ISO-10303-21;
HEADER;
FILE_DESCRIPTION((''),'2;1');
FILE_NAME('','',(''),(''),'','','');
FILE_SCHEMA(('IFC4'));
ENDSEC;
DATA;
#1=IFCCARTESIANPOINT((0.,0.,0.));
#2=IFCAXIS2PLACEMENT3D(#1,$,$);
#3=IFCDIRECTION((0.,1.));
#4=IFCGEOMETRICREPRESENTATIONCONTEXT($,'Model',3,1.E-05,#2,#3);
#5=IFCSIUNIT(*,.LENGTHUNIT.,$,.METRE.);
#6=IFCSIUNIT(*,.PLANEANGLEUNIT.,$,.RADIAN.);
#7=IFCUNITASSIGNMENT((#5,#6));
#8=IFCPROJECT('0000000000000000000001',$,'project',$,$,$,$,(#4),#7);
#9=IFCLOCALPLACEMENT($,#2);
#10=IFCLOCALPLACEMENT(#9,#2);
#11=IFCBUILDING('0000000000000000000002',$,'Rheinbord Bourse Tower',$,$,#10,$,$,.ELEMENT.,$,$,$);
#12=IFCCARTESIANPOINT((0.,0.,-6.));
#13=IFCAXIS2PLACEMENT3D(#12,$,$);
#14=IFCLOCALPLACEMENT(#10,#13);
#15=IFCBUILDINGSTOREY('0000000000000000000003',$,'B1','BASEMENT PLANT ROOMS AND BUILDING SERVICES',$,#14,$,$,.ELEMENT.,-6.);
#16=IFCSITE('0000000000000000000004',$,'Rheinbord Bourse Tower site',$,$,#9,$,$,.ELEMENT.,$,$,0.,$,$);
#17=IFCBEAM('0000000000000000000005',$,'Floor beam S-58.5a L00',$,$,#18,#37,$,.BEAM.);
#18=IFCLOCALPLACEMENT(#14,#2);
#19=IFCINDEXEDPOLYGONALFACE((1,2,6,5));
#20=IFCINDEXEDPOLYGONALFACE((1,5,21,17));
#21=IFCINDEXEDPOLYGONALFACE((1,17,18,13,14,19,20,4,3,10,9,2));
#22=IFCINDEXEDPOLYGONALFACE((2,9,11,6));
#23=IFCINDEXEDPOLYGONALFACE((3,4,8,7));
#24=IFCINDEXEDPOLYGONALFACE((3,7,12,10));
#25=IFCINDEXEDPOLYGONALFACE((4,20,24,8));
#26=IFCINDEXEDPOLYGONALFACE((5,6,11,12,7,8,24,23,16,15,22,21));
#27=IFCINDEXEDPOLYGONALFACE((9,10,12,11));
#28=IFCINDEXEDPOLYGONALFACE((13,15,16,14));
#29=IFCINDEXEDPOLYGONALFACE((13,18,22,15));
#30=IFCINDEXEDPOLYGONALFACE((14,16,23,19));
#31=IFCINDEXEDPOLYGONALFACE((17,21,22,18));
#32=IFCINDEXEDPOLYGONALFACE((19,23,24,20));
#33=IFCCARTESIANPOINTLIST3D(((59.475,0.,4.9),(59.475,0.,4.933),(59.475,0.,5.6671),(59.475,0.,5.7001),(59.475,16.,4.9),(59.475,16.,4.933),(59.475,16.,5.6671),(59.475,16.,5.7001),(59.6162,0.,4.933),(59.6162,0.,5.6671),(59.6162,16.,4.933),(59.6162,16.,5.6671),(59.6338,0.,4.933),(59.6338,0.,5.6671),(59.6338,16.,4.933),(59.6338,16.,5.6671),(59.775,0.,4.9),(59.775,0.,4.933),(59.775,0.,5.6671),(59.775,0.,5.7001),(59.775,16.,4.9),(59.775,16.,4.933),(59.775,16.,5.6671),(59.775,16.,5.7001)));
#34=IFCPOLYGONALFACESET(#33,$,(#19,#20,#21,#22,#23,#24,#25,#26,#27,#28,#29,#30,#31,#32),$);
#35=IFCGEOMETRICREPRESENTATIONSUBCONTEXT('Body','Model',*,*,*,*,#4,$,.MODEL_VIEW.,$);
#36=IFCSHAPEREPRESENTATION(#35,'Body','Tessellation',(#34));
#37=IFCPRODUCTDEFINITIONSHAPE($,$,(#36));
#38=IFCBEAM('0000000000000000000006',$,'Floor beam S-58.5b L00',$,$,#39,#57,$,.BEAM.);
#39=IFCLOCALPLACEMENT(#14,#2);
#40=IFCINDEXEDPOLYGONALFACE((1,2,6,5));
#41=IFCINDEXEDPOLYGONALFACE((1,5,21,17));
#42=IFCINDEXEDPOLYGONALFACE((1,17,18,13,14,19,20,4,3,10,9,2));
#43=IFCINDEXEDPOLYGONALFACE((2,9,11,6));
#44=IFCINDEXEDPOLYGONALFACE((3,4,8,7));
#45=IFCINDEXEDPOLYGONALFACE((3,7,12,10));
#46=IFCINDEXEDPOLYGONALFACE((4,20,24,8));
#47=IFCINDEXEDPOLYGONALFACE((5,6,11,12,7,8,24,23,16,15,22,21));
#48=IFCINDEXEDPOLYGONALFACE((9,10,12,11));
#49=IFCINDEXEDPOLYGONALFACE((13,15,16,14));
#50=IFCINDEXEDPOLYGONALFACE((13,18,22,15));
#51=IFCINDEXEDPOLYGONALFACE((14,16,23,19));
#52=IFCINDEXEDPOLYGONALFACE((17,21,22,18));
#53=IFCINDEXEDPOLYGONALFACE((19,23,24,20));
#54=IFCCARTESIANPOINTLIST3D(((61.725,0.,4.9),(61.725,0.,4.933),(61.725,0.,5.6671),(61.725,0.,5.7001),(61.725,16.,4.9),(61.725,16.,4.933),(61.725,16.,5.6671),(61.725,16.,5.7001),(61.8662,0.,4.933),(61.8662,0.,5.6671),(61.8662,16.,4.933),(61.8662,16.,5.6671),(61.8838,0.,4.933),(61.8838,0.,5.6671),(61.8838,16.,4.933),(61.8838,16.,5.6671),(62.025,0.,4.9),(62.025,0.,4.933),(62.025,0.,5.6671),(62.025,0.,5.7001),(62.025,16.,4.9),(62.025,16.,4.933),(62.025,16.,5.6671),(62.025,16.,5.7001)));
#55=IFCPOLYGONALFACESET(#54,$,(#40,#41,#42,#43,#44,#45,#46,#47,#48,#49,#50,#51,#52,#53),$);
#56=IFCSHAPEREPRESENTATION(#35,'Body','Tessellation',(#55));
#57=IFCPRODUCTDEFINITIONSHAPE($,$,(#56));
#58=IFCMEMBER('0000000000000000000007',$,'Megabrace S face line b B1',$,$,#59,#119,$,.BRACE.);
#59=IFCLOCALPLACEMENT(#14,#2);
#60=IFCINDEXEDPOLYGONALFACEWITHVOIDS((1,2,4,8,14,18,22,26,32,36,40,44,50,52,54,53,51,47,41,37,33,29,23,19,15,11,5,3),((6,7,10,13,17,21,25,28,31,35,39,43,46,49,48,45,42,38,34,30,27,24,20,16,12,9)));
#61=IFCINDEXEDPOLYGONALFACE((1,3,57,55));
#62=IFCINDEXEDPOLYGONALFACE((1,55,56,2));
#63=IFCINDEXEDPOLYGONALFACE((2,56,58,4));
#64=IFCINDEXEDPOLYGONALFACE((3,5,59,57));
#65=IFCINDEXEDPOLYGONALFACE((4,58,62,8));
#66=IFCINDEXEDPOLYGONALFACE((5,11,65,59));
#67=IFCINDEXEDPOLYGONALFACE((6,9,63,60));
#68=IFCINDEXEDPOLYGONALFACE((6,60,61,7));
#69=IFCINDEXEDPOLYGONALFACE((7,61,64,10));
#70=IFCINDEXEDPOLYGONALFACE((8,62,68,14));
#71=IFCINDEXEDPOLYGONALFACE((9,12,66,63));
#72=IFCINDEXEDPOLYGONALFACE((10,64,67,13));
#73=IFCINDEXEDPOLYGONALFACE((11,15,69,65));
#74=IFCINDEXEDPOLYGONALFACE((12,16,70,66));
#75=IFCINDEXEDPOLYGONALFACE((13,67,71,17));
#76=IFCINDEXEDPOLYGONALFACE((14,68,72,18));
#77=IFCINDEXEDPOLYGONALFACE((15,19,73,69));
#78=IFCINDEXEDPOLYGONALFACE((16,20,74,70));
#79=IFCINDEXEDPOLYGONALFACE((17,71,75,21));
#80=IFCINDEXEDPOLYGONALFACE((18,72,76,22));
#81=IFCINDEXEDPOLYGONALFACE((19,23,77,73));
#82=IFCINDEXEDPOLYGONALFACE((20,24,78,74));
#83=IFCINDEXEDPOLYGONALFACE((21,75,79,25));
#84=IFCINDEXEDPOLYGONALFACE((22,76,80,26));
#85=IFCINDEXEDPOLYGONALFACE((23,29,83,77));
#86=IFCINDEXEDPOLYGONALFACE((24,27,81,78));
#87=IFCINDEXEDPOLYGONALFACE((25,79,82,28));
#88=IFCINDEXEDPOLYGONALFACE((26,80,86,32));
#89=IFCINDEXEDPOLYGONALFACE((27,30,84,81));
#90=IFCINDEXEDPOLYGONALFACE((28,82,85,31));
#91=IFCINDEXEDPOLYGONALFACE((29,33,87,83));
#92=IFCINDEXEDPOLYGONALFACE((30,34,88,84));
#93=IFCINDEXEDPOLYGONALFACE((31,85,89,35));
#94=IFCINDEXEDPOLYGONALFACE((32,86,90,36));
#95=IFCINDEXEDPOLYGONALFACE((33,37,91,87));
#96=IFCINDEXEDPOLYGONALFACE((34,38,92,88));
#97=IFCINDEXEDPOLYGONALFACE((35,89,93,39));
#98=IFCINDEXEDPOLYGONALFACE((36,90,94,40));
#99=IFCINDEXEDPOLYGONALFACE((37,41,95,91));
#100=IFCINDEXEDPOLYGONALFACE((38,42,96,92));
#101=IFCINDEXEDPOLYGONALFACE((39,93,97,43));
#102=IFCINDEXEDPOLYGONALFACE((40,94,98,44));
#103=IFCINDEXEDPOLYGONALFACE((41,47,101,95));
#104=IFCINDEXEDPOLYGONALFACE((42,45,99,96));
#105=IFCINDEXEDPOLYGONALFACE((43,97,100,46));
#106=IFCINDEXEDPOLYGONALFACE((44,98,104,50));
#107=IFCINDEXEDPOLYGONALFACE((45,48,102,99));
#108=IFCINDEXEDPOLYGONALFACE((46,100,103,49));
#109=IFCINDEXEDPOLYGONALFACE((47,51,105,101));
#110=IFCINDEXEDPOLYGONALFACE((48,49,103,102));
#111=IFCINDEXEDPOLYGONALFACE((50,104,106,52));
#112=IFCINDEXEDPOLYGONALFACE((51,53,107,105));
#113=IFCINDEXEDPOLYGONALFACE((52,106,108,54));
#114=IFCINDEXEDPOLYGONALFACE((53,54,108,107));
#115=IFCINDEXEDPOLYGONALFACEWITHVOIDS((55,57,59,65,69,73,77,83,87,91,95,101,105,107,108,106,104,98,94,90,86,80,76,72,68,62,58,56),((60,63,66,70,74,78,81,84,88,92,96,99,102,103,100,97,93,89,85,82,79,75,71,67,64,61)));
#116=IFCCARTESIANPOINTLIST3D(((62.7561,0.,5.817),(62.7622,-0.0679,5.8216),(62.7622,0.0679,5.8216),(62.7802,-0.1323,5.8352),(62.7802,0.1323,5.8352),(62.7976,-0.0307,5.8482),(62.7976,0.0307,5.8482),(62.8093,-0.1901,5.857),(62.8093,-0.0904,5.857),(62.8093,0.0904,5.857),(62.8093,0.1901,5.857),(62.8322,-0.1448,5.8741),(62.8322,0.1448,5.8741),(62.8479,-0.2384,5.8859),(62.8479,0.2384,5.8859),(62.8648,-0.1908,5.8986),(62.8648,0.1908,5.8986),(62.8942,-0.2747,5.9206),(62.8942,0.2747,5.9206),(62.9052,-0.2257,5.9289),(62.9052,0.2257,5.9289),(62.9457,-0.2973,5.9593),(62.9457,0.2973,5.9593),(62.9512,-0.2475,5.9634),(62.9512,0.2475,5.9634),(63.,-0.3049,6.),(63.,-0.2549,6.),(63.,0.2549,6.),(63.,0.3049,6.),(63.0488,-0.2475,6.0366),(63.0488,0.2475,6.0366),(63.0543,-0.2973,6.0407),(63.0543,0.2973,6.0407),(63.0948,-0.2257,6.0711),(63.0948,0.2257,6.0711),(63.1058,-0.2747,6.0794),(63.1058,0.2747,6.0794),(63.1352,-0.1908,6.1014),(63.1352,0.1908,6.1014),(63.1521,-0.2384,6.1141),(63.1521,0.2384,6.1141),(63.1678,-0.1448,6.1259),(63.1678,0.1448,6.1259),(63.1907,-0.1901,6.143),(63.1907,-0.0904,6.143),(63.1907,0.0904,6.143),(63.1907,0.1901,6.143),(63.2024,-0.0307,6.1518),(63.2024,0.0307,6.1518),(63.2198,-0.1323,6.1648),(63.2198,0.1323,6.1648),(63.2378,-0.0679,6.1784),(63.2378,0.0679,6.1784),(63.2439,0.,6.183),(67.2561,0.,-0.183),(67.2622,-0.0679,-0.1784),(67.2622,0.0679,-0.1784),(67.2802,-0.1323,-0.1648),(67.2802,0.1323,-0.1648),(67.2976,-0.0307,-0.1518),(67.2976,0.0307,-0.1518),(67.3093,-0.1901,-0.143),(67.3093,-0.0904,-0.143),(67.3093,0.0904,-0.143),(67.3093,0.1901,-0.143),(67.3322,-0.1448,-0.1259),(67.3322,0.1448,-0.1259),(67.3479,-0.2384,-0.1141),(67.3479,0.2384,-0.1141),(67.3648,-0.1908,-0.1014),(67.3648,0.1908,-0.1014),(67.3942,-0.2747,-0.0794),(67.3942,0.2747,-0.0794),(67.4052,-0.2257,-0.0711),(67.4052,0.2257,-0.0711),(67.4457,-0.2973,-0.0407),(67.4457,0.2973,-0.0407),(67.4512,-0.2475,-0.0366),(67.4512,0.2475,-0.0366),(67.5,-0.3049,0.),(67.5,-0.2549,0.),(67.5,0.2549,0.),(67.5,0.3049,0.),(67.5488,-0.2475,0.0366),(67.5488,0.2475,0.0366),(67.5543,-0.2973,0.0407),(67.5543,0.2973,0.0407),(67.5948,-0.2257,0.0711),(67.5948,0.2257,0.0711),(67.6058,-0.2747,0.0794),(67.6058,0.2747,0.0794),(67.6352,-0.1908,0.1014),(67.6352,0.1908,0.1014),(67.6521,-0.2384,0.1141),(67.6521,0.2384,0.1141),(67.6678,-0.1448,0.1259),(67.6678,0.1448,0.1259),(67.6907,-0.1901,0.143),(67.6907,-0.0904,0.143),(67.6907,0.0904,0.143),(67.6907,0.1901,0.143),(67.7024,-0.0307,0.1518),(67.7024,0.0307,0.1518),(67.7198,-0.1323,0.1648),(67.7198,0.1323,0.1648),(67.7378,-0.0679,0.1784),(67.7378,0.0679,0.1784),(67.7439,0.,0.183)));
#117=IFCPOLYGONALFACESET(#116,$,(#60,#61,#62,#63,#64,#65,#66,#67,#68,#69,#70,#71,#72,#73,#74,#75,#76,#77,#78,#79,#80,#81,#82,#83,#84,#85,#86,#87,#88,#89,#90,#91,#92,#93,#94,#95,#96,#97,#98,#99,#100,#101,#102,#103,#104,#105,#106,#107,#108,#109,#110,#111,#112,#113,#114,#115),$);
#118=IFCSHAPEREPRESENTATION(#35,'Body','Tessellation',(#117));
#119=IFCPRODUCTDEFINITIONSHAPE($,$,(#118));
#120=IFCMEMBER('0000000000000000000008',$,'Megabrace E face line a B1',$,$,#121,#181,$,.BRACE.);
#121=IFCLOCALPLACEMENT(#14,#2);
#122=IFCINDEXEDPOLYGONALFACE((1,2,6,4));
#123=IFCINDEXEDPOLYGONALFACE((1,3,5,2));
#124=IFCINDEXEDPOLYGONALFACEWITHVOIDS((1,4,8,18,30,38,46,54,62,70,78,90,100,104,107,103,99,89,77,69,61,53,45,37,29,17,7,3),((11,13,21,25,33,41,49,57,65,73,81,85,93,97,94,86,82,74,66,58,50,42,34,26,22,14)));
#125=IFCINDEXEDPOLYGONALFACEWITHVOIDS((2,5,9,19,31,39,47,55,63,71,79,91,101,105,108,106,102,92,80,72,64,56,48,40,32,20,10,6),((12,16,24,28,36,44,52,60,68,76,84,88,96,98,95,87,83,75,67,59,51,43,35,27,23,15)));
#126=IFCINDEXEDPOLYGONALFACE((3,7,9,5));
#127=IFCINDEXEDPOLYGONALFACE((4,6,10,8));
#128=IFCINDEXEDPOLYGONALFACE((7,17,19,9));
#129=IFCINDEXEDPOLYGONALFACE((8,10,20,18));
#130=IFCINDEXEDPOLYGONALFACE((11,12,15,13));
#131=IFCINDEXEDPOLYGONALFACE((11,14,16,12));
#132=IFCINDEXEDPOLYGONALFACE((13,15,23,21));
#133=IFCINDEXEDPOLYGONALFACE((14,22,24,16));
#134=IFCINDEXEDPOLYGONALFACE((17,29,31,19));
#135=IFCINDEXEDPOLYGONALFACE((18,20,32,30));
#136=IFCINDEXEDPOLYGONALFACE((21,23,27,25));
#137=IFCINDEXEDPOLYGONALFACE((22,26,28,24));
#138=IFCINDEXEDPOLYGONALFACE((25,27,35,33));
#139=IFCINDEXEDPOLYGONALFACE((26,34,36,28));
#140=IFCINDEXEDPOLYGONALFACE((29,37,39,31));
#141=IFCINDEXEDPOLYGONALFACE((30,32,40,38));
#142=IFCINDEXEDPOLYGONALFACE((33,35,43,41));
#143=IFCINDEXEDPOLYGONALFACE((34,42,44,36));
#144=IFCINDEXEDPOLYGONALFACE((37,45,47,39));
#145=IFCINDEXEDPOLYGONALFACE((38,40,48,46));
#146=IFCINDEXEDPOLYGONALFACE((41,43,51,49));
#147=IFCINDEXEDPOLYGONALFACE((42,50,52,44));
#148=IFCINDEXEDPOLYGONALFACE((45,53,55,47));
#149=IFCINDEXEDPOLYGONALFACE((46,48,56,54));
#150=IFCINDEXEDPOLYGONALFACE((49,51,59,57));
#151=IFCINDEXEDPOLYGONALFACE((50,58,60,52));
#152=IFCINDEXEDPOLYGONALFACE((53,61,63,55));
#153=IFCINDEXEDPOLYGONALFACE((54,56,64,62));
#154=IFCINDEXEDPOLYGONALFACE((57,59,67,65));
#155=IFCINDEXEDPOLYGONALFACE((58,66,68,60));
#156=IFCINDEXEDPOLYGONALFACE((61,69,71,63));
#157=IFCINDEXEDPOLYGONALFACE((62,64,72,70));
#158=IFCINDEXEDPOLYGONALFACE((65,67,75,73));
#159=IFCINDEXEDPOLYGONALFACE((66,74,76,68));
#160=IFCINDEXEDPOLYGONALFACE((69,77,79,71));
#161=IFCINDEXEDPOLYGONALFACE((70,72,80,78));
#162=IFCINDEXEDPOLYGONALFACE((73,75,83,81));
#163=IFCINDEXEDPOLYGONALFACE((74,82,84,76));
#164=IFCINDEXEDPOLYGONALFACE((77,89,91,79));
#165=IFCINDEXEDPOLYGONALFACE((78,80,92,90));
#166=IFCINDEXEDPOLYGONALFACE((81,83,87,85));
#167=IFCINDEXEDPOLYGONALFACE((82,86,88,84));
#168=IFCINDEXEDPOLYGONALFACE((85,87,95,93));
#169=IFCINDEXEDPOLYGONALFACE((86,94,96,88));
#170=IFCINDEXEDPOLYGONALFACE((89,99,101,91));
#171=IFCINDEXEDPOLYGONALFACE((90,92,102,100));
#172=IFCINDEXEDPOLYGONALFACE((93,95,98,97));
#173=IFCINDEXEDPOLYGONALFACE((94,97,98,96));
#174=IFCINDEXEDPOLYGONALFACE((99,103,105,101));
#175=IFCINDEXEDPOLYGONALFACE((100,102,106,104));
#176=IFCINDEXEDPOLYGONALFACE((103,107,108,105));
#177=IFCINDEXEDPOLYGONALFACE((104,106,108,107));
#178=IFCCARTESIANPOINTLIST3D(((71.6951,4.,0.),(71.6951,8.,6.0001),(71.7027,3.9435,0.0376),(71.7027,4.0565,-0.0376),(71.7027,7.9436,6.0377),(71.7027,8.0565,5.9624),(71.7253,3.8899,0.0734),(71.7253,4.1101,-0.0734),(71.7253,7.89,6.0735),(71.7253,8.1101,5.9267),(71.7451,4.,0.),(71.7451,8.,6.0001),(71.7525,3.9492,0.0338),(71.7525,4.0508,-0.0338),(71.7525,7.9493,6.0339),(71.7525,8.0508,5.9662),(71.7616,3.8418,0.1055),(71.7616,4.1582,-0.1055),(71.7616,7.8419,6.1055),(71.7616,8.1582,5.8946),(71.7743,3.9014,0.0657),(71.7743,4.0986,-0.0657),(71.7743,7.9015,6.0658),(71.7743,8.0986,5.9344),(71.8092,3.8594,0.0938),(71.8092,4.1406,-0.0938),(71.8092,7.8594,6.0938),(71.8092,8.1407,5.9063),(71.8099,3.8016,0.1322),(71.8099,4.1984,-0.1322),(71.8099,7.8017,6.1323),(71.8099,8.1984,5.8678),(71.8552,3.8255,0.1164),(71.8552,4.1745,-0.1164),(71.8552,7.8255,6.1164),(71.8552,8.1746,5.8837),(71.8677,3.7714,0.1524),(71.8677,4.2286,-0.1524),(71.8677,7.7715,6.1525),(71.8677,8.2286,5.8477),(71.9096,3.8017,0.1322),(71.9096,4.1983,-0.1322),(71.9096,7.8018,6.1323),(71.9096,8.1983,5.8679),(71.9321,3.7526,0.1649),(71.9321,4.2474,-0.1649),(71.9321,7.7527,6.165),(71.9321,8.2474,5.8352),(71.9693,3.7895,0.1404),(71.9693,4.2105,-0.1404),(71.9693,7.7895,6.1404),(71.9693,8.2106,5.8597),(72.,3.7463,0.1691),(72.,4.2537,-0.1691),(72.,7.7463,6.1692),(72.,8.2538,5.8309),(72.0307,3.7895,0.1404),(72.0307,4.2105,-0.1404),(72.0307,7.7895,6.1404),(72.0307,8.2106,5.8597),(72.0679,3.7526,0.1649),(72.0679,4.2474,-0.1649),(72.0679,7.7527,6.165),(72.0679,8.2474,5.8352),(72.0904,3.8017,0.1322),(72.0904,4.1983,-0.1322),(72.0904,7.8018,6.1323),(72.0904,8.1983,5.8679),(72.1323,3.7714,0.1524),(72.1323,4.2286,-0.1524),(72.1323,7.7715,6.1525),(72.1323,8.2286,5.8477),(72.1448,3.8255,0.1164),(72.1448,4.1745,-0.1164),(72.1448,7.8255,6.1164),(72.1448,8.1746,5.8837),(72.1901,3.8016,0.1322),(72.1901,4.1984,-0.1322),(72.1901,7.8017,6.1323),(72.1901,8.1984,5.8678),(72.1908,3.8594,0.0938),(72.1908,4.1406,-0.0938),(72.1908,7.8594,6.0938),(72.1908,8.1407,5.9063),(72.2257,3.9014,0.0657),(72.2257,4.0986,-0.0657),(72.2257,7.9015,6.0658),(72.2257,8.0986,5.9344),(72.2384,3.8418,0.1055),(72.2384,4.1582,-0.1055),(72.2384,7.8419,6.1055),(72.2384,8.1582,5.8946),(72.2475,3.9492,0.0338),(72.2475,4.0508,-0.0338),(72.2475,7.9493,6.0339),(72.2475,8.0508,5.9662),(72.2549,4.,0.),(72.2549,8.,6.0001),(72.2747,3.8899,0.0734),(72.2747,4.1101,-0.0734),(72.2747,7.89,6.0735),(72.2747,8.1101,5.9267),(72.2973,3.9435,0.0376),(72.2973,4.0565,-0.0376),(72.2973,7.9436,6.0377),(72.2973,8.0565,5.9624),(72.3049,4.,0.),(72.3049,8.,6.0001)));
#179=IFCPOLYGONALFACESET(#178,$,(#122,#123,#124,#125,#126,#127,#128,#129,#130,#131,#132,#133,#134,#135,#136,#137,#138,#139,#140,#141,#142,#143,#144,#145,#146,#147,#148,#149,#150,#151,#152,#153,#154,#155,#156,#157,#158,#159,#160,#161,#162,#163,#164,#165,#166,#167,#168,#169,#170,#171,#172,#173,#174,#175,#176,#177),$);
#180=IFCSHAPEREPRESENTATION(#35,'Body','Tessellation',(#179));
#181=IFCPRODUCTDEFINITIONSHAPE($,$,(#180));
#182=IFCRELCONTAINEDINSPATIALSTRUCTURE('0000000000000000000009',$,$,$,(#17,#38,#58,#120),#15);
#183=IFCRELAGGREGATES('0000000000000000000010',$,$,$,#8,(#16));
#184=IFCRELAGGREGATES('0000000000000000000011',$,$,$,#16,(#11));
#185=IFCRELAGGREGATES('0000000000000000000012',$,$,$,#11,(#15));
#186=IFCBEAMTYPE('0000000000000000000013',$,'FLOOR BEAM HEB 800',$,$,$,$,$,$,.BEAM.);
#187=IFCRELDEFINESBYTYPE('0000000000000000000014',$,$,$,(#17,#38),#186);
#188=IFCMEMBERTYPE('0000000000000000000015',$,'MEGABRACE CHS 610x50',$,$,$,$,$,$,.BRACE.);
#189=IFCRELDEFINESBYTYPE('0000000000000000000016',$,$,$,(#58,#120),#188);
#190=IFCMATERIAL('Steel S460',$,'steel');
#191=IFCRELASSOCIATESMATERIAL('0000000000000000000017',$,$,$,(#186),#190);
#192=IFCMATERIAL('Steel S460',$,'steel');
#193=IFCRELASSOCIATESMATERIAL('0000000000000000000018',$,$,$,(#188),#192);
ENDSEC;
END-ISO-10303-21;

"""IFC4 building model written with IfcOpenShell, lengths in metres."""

from ifc_helpers import new_model, si_unit, direction, frame, origin, origin_2d, place, context, subcontext, project, spatial, hollow_circle, i_section, extrude, material, material_profile, profile_set, type_object, element, save


model = new_model("IFC4")

# Units and contexts
model_context = context("Model", 3, precision=1e-05, world=origin(), true_north=direction((0.0, 1.0)))
body_context = subcontext(model_context, "Body", "Model", "MODEL_VIEW")
ifc_project = project(units=[si_unit("LENGTHUNIT", "METRE"), si_unit("PLANEANGLEUNIT", "RADIAN")], contexts=[model_context])

# Site, building, storey
site_placement = place(None, origin())
site = spatial("IfcSite", under=ifc_project, at=site_placement, Name="Rheinbord Bourse Tower site", CompositionType="ELEMENT", RefElevation=0.0)
building_placement = place(site_placement, origin())
building = spatial("IfcBuilding", under=site, at=building_placement, Name="Rheinbord Bourse Tower", CompositionType="ELEMENT")
storey_placement = place(building_placement, frame((0.0, 0.0, -6.0)))
storey = spatial("IfcBuildingStorey", under=building, at=storey_placement, Name="B1", Description="BASEMENT PLANT ROOMS AND BUILDING SERVICES", CompositionType="ELEMENT", Elevation=-6.0)

# Beams
ifc_material_1 = material(Name="Steel S460", Category="steel")
ifc_material_profile_1 = material_profile(ifc_material_1, i_section(OverallWidth=0.3, OverallDepth=0.8, WebThickness=0.0176, FlangeThickness=0.033, at=origin_2d()), Name="HEB 800")
ifc_profile_set_1 = profile_set([ifc_material_profile_1], Name="Steel S460")
beam_type_1 = type_object("IfcBeamType", Name="FLOOR BEAM HEB 800", PredefinedType="BEAM", material=ifc_profile_set_1)
for number, where, z_axis, x_axis, name in (
    (1, (59.625, 0.0, 5.3), (0.0, 1.0, 0.0), (-1.0, 0.0, 0.0), "Floor beam S-58.5a L00"),
    (2, (61.875, 0.0, 5.3), (0.0, 1.0, 0.0), (-1.0, 0.0, 0.0), "Floor beam S-58.5b L00"),
):
    element("IfcBeam", number, at=place(storey_placement, frame(where, z_axis=z_axis, x_axis=x_axis)), inside=storey, type_object=beam_type_1, Name=name, PredefinedType="BEAM", context=body_context, shape_type="SweptSolid", body=[
        extrude(i_section(OverallWidth=0.3, OverallDepth=0.8, WebThickness=0.0176, FlangeThickness=0.033, at=origin_2d()), origin(), (0.0, 0.0, 1.0), 16.0),
    ])

# Members
ifc_material_2 = material(Name="Steel S460", Category="steel")
ifc_material_profile_2 = material_profile(ifc_material_2, hollow_circle(Radius=0.3049, WallThickness=0.05, at=origin_2d()), Name="CHS 610x50")
ifc_profile_set_2 = profile_set([ifc_material_profile_2], Name="Steel S460")
member_type = type_object("IfcMemberType", Name="MEGABRACE CHS 610x50", PredefinedType="BRACE", material=ifc_profile_set_2)
member_1_placement = place(storey_placement, frame((67.5, 0.0, 0.0), z_axis=(-0.6, 0.0, 0.8), x_axis=(0.0, -1.0, 0.0)))
element("IfcMember", 3, at=member_1_placement, inside=storey, type_object=member_type, Name="Megabrace S face line b B1", PredefinedType="BRACE", context=body_context, shape_type="SweptSolid", body=[
    extrude(hollow_circle(Radius=0.3049, WallThickness=0.05, at=origin_2d()), origin(), (0.0, 0.0, 1.0), 7.5),
])
member_2_placement = place(storey_placement, frame((72.0, 4.0, 0.0), z_axis=(0.0, 0.5547, 0.83205), x_axis=(-1.0, 0.0, 0.0)))
element("IfcMember", 4, at=member_2_placement, inside=storey, type_object=member_type, Name="Megabrace E face line a B1", PredefinedType="BRACE", context=body_context, shape_type="SweptSolid", body=[
    extrude(hollow_circle(Radius=0.3049, WallThickness=0.05, at=origin_2d()), origin(), (0.0, 0.0, 1.0), 7.2112),
])

save(model, "model.ifc")
